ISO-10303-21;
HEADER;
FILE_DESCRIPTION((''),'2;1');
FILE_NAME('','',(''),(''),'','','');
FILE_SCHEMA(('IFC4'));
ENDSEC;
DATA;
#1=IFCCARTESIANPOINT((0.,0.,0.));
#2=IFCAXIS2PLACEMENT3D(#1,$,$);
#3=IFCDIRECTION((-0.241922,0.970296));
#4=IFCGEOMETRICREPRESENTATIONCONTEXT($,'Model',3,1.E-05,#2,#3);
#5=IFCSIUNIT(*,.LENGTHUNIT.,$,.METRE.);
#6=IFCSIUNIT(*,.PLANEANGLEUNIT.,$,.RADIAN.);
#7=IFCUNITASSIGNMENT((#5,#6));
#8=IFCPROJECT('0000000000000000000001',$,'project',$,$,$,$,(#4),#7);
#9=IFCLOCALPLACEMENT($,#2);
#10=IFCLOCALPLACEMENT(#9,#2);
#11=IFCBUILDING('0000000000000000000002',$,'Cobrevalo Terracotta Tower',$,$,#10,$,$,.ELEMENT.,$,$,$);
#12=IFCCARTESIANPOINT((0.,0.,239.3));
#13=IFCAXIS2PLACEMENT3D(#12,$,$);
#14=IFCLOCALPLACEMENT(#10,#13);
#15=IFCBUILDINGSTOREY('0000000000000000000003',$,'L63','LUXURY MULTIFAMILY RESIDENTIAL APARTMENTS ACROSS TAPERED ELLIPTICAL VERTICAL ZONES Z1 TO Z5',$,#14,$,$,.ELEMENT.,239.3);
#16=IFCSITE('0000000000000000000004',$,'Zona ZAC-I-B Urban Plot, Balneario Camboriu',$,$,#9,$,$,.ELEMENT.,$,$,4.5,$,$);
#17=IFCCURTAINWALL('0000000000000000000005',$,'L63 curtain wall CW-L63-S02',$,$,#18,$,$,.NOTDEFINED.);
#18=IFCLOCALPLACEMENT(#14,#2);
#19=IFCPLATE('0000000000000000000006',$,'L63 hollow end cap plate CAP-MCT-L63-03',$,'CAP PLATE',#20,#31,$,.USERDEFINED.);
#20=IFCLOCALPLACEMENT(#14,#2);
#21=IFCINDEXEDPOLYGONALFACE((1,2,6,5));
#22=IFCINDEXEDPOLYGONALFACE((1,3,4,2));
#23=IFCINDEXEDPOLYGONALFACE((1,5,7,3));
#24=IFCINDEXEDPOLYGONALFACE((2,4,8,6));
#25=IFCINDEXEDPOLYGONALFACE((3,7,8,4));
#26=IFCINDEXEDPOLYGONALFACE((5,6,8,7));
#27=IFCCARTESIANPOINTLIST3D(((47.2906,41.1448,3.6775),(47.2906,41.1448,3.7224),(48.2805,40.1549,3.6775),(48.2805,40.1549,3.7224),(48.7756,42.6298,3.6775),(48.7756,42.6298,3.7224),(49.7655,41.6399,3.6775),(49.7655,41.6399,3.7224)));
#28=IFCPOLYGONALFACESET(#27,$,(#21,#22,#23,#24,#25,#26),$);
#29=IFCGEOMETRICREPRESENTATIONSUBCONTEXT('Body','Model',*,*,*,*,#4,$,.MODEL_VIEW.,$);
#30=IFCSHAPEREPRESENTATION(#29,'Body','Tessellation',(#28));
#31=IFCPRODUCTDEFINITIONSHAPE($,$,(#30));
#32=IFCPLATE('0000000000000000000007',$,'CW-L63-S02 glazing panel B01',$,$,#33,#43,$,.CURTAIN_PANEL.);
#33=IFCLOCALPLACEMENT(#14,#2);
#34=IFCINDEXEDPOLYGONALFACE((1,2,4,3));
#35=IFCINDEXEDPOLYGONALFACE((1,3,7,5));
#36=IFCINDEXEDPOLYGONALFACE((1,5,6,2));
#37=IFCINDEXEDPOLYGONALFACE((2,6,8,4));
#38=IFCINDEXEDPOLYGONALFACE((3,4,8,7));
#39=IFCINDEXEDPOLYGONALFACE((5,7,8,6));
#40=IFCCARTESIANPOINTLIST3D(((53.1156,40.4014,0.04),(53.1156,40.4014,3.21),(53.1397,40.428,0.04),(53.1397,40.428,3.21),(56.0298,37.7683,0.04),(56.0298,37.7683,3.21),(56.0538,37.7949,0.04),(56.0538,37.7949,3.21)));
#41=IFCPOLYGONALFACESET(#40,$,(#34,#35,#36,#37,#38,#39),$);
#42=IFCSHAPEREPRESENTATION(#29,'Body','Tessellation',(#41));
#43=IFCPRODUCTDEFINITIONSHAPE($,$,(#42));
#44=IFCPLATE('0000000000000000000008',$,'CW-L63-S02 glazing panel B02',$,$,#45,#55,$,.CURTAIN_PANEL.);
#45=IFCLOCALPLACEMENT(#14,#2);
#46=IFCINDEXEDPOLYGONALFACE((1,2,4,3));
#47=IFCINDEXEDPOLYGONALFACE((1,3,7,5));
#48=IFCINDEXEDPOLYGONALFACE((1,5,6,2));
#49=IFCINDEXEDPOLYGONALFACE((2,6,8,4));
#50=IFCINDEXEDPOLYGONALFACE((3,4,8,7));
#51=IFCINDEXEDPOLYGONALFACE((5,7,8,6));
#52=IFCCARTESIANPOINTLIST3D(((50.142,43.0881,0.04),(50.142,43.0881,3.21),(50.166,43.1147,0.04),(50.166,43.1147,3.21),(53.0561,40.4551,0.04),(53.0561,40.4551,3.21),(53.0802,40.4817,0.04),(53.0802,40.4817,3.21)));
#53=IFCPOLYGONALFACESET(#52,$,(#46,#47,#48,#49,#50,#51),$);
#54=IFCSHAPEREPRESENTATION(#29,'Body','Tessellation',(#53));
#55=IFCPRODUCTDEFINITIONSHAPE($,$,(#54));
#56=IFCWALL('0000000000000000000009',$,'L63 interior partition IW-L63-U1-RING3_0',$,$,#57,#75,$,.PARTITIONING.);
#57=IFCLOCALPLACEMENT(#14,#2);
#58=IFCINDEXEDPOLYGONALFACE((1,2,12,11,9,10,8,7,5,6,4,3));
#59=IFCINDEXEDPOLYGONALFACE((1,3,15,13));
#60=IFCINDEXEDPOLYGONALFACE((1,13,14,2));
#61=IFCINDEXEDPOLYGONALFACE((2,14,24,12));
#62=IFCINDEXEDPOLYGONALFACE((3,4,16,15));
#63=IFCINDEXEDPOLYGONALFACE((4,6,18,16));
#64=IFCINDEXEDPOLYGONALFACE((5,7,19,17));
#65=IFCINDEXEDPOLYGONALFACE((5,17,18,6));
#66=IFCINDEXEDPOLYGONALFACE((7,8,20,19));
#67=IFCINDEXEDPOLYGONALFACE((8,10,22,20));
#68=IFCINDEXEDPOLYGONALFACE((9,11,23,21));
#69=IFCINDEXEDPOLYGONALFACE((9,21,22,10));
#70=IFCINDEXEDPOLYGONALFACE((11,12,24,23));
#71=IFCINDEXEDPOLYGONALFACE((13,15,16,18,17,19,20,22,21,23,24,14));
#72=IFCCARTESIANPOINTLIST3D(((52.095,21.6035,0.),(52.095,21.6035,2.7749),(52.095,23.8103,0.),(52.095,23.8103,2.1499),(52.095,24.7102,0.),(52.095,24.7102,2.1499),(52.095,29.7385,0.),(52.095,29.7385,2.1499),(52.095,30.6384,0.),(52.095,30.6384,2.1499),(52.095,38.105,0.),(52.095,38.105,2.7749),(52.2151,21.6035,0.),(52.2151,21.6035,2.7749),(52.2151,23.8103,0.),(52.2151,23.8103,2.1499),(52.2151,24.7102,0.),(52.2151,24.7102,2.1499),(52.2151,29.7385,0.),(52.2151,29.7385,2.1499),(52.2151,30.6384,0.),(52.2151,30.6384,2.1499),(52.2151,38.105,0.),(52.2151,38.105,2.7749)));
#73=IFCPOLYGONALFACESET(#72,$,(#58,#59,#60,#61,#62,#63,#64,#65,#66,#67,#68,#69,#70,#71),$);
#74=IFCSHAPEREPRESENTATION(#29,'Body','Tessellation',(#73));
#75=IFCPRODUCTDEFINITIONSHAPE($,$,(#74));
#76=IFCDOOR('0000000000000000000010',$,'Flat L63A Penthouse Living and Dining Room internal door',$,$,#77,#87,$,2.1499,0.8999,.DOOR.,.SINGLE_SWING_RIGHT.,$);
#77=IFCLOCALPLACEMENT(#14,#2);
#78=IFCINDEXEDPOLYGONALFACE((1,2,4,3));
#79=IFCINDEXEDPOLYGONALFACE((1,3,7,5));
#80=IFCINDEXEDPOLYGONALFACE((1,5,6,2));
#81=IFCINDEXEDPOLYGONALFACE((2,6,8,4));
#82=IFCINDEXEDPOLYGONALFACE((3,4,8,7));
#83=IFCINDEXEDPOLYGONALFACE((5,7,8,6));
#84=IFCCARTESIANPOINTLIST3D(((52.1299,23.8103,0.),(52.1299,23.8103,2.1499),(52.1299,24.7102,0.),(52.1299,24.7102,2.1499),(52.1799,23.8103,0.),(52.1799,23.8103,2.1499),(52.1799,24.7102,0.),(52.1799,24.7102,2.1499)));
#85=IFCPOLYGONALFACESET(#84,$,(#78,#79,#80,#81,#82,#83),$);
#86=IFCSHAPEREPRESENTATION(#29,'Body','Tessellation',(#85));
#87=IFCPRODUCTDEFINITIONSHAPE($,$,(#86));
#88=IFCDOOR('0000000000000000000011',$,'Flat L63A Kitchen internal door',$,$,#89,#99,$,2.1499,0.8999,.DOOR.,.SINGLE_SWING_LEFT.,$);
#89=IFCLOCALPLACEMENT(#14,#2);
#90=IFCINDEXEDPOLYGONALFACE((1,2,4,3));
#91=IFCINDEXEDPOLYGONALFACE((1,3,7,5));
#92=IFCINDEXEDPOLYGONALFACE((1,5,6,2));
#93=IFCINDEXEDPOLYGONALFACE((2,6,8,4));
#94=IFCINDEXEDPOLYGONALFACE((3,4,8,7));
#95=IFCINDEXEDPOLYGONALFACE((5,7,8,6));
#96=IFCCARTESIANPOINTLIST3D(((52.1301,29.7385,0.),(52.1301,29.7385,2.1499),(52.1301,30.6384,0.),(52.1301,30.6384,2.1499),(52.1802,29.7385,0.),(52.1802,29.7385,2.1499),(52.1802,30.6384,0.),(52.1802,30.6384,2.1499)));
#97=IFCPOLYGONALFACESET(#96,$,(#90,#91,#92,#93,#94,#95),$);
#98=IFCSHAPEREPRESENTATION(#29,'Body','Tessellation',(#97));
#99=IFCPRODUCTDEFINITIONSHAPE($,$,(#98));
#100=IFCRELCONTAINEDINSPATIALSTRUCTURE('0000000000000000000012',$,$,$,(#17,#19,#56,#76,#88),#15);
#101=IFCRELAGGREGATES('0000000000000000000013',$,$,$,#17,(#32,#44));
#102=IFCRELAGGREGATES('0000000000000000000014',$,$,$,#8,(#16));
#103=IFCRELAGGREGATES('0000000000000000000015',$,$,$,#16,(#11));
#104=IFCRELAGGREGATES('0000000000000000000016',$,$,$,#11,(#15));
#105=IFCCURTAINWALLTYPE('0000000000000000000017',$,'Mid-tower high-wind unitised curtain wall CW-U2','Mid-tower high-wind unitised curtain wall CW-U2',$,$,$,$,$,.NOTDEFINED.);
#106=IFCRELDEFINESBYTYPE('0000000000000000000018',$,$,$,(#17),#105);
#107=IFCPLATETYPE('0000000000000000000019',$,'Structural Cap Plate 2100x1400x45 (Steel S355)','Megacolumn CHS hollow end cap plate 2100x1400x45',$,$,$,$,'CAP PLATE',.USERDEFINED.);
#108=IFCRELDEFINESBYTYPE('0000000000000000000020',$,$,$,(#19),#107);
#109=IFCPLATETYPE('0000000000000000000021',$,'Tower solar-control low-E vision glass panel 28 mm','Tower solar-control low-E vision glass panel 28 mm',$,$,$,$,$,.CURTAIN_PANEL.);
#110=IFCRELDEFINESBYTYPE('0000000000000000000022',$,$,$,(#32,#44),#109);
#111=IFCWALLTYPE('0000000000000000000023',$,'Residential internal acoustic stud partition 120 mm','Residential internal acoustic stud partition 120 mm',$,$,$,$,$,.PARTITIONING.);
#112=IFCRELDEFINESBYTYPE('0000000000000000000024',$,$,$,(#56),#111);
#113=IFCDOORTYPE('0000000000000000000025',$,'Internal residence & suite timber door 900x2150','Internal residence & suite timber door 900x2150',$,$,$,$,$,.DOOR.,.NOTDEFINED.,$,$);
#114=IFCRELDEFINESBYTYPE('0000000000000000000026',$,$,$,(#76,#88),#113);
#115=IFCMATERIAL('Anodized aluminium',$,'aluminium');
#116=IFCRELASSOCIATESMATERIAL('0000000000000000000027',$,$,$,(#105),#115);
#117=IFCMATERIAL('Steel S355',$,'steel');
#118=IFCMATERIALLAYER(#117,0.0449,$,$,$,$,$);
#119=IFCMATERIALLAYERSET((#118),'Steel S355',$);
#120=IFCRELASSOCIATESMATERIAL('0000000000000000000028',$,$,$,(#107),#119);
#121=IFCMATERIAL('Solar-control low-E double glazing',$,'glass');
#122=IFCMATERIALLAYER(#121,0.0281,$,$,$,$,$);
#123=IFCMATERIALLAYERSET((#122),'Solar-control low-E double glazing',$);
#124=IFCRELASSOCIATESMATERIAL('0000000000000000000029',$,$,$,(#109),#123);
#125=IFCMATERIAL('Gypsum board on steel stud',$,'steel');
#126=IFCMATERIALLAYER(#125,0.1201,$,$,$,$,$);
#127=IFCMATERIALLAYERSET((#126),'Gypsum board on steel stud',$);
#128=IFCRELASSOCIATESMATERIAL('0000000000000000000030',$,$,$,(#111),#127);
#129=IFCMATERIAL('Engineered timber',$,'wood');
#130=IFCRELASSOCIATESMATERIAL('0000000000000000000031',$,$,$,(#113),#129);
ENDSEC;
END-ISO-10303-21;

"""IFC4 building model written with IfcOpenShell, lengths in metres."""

from ifc_helpers import new_model, si_unit, direction, frame, frame_2d, origin, origin_2d, place, context, subcontext, project, spatial, rectangle, extrude, source, transform, mapped, material, layer, layer_set, type_object, element, fill, aggregate, save


model = new_model("IFC4")

# Units and contexts
model_context = context("Model", 3, precision=1e-05, world=origin(), true_north=direction((-0.241922, 0.970296)))
body_context = subcontext(model_context, "Body", "Model", "MODEL_VIEW")
ifc_project = project(units=[si_unit("LENGTHUNIT", "METRE"), si_unit("PLANEANGLEUNIT", "RADIAN")], contexts=[model_context])

# Site, building, storey
site_placement = place(None, origin())
site = spatial("IfcSite", under=ifc_project, at=site_placement, Name="Zona ZAC-I-B Urban Plot, Balneario Camboriu", CompositionType="ELEMENT", RefElevation=4.5)
building_placement = place(site_placement, origin())
building = spatial("IfcBuilding", under=site, at=building_placement, Name="Cobrevalo Terracotta Tower", CompositionType="ELEMENT")
storey_placement = place(building_placement, frame((0.0, 0.0, 239.3)))
storey = spatial("IfcBuildingStorey", under=building, at=storey_placement, Name="L63", Description="LUXURY MULTIFAMILY RESIDENTIAL APARTMENTS ACROSS TAPERED ELLIPTICAL VERTICAL ZONES Z1 TO Z5", CompositionType="ELEMENT", Elevation=239.3)

# Shared definitions
ifc_material_1 = material(Name="Steel S355", Category="steel")

# Curtain wall
ifc_material_2 = material(Name="Anodized aluminium", Category="aluminium")
curtain_wall_type = type_object("IfcCurtainWallType", Name="Mid-tower high-wind unitised curtain wall CW-U2", Description="Mid-tower high-wind unitised curtain wall CW-U2", PredefinedType="NOTDEFINED", material=ifc_material_2)
curtain_wall_1_placement = place(storey_placement, origin())
curtain_wall_1 = element("IfcCurtainWall", 1, at=curtain_wall_1_placement, inside=storey, type_object=curtain_wall_type, Name="L63 curtain wall CW-L63-S02", PredefinedType="NOTDEFINED")

# Plates
ifc_layer_1 = layer(ifc_material_1, 0.0449)
ifc_layer_set_1 = layer_set([ifc_layer_1], Name="Steel S355")
plate_type_1 = type_object("IfcPlateType", Name="Structural Cap Plate 2100x1400x45 (Steel S355)", Description="Megacolumn CHS hollow end cap plate 2100x1400x45", ElementType="CAP PLATE", PredefinedType="USERDEFINED", material=ifc_layer_set_1)
shared_shape_1 = source(origin(), body_context, "Body", "SweptSolid", [
    extrude(rectangle(XDim=2.1001, YDim=1.3999, at=origin_2d()), origin(), (0.0, 0.0, 1.0), 0.0449),
])
plate_1_placement = place(storey_placement, frame((48.5281, 41.3923, 3.6775), z_axis=(0.0, 0.0, 1.0), x_axis=(0.707107, 0.707107, 0.0)))
element("IfcPlate", 2, at=plate_1_placement, inside=storey, type_object=plate_type_1, Name="L63 hollow end cap plate CAP-MCT-L63-03", ObjectType="CAP PLATE", PredefinedType="USERDEFINED", context=body_context, shape_type="MappedRepresentation", body=[
    mapped(shared_shape_1, transform((0.0, 0.0, 0.0), scale=1.0)),
])
ifc_material_3 = material(Name="Solar-control low-E double glazing", Category="glass")
ifc_layer_2 = layer(ifc_material_3, 0.0281)
ifc_layer_set_2 = layer_set([ifc_layer_2], Name="Solar-control low-E double glazing")
plate_type_2 = type_object("IfcPlateType", Name="Tower solar-control low-E vision glass panel 28 mm", Description="Tower solar-control low-E vision glass panel 28 mm", PredefinedType="CURTAIN_PANEL", material=ifc_layer_set_2)
shared_shape_2 = source(origin(), body_context, "Body", "SweptSolid", [
    extrude(rectangle(XDim=3.9275, YDim=0.0359, at=origin_2d()), origin(), (0.0, 0.0, 1.0), 3.1699),
])
plate_2_placement = place(storey_placement, frame((54.5847, 39.0981, 0.04), z_axis=(0.0, 0.0, 1.0), x_axis=(-0.741988, 0.670414, 0.0)))
plate_2 = element("IfcPlate", 3, at=plate_2_placement, type_object=plate_type_2, Name="CW-L63-S02 glazing panel B01", PredefinedType="CURTAIN_PANEL", context=body_context, shape_type="MappedRepresentation", body=[
    mapped(shared_shape_2, transform((0.0, 0.0, 0.0), scale=1.0)),
])
plate_3_placement = place(storey_placement, frame((51.6111, 41.7849, 0.04), z_axis=(0.0, 0.0, 1.0), x_axis=(-0.741988, 0.670414, 0.0)))
plate_3 = element("IfcPlate", 4, at=plate_3_placement, type_object=plate_type_2, Name="CW-L63-S02 glazing panel B02", PredefinedType="CURTAIN_PANEL", context=body_context, shape_type="MappedRepresentation", body=[
    mapped(shared_shape_2, transform((0.0, 0.0, 0.0), scale=1.0)),
])
aggregate(curtain_wall_1, [plate_2, plate_3])

# Wall, openings, doors
ifc_material_4 = material(Name="Gypsum board on steel stud", Category="steel")
ifc_layer_3 = layer(ifc_material_4, 0.1201)
ifc_layer_set_3 = layer_set([ifc_layer_3], Name="Gypsum board on steel stud")
wall_type = type_object("IfcWallType", Name="Residential internal acoustic stud partition 120 mm", Description="Residential internal acoustic stud partition 120 mm", PredefinedType="PARTITIONING", material=ifc_layer_set_3)
wall_placement = place(storey_placement, frame((52.155, 38.105, 0.0), z_axis=(0.0, 0.0, 1.0), x_axis=(0.0, -1.0, 0.0)))
wall = element("IfcWall", 5, at=wall_placement, inside=storey, type_object=wall_type, Name="L63 interior partition IW-L63-U1-RING3_0", PredefinedType="PARTITIONING", context=body_context, shape_type="SweptSolid", body=[
    extrude(rectangle(XDim=16.5015, YDim=0.1201, at=frame_2d((8.2507, 0.0))), origin(), (0.0, 0.0, 1.0), 2.7749),
])
opening_1_placement = place(wall_placement, frame((13.3948, 0.0, 0.0)))
opening_1 = element("IfcOpeningElement", 6, at=opening_1_placement, cuts=wall, PredefinedType="OPENING", context=body_context, shape_type="SweptSolid", body=[
    extrude(rectangle(XDim=0.8999, YDim=2.1499, at=frame_2d((0.45, 1.075))), frame((0.0, 0.0701, 0.0), z_axis=(0.0, -1.0, 0.0), x_axis=(1.0, 0.0, 0.0)), (0.0, 0.0, 1.0), 0.1401),
])
opening_2_placement = place(wall_placement, frame((7.4666, 0.0, 0.0)))
opening_2 = element("IfcOpeningElement", 7, at=opening_2_placement, cuts=wall, PredefinedType="OPENING", context=body_context, shape_type="SweptSolid", body=[
    extrude(rectangle(XDim=0.8999, YDim=2.1499, at=frame_2d((0.45, 1.075))), frame((0.0, 0.0701, 0.0), z_axis=(0.0, -1.0, 0.0), x_axis=(1.0, 0.0, 0.0)), (0.0, 0.0, 1.0), 0.1401),
])
ifc_material_5 = material(Name="Engineered timber", Category="wood")
door_type = type_object("IfcDoorType", Name="Internal residence & suite timber door 900x2150", Description="Internal residence & suite timber door 900x2150", OperationType="NOTDEFINED", PredefinedType="DOOR", material=ifc_material_5)
shared_shape_3 = source(origin(), body_context, "Body", "SweptSolid", [
    extrude(rectangle(XDim=0.8999, YDim=2.1499, at=frame_2d((0.45, 1.075))), frame((0.0, 0.0249, 0.0), z_axis=(0.0, -1.0, 0.0), x_axis=(1.0, 0.0, 0.0)), (0.0, 0.0, 1.0), 0.05),
])
door_1_placement = place(opening_1_placement, origin())
door_1 = element("IfcDoor", 8, at=door_1_placement, inside=storey, type_object=door_type, Name="Flat L63A Penthouse Living and Dining Room internal door", OperationType="SINGLE_SWING_RIGHT", OverallHeight=2.1499, OverallWidth=0.8999, PredefinedType="DOOR", context=body_context, shape_type="MappedRepresentation", body=[
    mapped(shared_shape_3, transform((0.0, 0.0, 0.0), scale=1.0)),
])
fill(opening_1, door_1)
door_2_placement = place(opening_2_placement, frame((0.8999, 0.0, 0.0), z_axis=(0.0, 0.0, 1.0), x_axis=(-1.0, 0.0, 0.0)))
door_2 = element("IfcDoor", 9, at=door_2_placement, inside=storey, type_object=door_type, Name="Flat L63A Kitchen internal door", OperationType="SINGLE_SWING_LEFT", OverallHeight=2.1499, OverallWidth=0.8999, PredefinedType="DOOR", context=body_context, shape_type="MappedRepresentation", body=[
    mapped(shared_shape_3, transform((0.0, 0.0, 0.0), scale=1.0)),
])
fill(opening_2, door_2)

save(model, "model.ifc")
